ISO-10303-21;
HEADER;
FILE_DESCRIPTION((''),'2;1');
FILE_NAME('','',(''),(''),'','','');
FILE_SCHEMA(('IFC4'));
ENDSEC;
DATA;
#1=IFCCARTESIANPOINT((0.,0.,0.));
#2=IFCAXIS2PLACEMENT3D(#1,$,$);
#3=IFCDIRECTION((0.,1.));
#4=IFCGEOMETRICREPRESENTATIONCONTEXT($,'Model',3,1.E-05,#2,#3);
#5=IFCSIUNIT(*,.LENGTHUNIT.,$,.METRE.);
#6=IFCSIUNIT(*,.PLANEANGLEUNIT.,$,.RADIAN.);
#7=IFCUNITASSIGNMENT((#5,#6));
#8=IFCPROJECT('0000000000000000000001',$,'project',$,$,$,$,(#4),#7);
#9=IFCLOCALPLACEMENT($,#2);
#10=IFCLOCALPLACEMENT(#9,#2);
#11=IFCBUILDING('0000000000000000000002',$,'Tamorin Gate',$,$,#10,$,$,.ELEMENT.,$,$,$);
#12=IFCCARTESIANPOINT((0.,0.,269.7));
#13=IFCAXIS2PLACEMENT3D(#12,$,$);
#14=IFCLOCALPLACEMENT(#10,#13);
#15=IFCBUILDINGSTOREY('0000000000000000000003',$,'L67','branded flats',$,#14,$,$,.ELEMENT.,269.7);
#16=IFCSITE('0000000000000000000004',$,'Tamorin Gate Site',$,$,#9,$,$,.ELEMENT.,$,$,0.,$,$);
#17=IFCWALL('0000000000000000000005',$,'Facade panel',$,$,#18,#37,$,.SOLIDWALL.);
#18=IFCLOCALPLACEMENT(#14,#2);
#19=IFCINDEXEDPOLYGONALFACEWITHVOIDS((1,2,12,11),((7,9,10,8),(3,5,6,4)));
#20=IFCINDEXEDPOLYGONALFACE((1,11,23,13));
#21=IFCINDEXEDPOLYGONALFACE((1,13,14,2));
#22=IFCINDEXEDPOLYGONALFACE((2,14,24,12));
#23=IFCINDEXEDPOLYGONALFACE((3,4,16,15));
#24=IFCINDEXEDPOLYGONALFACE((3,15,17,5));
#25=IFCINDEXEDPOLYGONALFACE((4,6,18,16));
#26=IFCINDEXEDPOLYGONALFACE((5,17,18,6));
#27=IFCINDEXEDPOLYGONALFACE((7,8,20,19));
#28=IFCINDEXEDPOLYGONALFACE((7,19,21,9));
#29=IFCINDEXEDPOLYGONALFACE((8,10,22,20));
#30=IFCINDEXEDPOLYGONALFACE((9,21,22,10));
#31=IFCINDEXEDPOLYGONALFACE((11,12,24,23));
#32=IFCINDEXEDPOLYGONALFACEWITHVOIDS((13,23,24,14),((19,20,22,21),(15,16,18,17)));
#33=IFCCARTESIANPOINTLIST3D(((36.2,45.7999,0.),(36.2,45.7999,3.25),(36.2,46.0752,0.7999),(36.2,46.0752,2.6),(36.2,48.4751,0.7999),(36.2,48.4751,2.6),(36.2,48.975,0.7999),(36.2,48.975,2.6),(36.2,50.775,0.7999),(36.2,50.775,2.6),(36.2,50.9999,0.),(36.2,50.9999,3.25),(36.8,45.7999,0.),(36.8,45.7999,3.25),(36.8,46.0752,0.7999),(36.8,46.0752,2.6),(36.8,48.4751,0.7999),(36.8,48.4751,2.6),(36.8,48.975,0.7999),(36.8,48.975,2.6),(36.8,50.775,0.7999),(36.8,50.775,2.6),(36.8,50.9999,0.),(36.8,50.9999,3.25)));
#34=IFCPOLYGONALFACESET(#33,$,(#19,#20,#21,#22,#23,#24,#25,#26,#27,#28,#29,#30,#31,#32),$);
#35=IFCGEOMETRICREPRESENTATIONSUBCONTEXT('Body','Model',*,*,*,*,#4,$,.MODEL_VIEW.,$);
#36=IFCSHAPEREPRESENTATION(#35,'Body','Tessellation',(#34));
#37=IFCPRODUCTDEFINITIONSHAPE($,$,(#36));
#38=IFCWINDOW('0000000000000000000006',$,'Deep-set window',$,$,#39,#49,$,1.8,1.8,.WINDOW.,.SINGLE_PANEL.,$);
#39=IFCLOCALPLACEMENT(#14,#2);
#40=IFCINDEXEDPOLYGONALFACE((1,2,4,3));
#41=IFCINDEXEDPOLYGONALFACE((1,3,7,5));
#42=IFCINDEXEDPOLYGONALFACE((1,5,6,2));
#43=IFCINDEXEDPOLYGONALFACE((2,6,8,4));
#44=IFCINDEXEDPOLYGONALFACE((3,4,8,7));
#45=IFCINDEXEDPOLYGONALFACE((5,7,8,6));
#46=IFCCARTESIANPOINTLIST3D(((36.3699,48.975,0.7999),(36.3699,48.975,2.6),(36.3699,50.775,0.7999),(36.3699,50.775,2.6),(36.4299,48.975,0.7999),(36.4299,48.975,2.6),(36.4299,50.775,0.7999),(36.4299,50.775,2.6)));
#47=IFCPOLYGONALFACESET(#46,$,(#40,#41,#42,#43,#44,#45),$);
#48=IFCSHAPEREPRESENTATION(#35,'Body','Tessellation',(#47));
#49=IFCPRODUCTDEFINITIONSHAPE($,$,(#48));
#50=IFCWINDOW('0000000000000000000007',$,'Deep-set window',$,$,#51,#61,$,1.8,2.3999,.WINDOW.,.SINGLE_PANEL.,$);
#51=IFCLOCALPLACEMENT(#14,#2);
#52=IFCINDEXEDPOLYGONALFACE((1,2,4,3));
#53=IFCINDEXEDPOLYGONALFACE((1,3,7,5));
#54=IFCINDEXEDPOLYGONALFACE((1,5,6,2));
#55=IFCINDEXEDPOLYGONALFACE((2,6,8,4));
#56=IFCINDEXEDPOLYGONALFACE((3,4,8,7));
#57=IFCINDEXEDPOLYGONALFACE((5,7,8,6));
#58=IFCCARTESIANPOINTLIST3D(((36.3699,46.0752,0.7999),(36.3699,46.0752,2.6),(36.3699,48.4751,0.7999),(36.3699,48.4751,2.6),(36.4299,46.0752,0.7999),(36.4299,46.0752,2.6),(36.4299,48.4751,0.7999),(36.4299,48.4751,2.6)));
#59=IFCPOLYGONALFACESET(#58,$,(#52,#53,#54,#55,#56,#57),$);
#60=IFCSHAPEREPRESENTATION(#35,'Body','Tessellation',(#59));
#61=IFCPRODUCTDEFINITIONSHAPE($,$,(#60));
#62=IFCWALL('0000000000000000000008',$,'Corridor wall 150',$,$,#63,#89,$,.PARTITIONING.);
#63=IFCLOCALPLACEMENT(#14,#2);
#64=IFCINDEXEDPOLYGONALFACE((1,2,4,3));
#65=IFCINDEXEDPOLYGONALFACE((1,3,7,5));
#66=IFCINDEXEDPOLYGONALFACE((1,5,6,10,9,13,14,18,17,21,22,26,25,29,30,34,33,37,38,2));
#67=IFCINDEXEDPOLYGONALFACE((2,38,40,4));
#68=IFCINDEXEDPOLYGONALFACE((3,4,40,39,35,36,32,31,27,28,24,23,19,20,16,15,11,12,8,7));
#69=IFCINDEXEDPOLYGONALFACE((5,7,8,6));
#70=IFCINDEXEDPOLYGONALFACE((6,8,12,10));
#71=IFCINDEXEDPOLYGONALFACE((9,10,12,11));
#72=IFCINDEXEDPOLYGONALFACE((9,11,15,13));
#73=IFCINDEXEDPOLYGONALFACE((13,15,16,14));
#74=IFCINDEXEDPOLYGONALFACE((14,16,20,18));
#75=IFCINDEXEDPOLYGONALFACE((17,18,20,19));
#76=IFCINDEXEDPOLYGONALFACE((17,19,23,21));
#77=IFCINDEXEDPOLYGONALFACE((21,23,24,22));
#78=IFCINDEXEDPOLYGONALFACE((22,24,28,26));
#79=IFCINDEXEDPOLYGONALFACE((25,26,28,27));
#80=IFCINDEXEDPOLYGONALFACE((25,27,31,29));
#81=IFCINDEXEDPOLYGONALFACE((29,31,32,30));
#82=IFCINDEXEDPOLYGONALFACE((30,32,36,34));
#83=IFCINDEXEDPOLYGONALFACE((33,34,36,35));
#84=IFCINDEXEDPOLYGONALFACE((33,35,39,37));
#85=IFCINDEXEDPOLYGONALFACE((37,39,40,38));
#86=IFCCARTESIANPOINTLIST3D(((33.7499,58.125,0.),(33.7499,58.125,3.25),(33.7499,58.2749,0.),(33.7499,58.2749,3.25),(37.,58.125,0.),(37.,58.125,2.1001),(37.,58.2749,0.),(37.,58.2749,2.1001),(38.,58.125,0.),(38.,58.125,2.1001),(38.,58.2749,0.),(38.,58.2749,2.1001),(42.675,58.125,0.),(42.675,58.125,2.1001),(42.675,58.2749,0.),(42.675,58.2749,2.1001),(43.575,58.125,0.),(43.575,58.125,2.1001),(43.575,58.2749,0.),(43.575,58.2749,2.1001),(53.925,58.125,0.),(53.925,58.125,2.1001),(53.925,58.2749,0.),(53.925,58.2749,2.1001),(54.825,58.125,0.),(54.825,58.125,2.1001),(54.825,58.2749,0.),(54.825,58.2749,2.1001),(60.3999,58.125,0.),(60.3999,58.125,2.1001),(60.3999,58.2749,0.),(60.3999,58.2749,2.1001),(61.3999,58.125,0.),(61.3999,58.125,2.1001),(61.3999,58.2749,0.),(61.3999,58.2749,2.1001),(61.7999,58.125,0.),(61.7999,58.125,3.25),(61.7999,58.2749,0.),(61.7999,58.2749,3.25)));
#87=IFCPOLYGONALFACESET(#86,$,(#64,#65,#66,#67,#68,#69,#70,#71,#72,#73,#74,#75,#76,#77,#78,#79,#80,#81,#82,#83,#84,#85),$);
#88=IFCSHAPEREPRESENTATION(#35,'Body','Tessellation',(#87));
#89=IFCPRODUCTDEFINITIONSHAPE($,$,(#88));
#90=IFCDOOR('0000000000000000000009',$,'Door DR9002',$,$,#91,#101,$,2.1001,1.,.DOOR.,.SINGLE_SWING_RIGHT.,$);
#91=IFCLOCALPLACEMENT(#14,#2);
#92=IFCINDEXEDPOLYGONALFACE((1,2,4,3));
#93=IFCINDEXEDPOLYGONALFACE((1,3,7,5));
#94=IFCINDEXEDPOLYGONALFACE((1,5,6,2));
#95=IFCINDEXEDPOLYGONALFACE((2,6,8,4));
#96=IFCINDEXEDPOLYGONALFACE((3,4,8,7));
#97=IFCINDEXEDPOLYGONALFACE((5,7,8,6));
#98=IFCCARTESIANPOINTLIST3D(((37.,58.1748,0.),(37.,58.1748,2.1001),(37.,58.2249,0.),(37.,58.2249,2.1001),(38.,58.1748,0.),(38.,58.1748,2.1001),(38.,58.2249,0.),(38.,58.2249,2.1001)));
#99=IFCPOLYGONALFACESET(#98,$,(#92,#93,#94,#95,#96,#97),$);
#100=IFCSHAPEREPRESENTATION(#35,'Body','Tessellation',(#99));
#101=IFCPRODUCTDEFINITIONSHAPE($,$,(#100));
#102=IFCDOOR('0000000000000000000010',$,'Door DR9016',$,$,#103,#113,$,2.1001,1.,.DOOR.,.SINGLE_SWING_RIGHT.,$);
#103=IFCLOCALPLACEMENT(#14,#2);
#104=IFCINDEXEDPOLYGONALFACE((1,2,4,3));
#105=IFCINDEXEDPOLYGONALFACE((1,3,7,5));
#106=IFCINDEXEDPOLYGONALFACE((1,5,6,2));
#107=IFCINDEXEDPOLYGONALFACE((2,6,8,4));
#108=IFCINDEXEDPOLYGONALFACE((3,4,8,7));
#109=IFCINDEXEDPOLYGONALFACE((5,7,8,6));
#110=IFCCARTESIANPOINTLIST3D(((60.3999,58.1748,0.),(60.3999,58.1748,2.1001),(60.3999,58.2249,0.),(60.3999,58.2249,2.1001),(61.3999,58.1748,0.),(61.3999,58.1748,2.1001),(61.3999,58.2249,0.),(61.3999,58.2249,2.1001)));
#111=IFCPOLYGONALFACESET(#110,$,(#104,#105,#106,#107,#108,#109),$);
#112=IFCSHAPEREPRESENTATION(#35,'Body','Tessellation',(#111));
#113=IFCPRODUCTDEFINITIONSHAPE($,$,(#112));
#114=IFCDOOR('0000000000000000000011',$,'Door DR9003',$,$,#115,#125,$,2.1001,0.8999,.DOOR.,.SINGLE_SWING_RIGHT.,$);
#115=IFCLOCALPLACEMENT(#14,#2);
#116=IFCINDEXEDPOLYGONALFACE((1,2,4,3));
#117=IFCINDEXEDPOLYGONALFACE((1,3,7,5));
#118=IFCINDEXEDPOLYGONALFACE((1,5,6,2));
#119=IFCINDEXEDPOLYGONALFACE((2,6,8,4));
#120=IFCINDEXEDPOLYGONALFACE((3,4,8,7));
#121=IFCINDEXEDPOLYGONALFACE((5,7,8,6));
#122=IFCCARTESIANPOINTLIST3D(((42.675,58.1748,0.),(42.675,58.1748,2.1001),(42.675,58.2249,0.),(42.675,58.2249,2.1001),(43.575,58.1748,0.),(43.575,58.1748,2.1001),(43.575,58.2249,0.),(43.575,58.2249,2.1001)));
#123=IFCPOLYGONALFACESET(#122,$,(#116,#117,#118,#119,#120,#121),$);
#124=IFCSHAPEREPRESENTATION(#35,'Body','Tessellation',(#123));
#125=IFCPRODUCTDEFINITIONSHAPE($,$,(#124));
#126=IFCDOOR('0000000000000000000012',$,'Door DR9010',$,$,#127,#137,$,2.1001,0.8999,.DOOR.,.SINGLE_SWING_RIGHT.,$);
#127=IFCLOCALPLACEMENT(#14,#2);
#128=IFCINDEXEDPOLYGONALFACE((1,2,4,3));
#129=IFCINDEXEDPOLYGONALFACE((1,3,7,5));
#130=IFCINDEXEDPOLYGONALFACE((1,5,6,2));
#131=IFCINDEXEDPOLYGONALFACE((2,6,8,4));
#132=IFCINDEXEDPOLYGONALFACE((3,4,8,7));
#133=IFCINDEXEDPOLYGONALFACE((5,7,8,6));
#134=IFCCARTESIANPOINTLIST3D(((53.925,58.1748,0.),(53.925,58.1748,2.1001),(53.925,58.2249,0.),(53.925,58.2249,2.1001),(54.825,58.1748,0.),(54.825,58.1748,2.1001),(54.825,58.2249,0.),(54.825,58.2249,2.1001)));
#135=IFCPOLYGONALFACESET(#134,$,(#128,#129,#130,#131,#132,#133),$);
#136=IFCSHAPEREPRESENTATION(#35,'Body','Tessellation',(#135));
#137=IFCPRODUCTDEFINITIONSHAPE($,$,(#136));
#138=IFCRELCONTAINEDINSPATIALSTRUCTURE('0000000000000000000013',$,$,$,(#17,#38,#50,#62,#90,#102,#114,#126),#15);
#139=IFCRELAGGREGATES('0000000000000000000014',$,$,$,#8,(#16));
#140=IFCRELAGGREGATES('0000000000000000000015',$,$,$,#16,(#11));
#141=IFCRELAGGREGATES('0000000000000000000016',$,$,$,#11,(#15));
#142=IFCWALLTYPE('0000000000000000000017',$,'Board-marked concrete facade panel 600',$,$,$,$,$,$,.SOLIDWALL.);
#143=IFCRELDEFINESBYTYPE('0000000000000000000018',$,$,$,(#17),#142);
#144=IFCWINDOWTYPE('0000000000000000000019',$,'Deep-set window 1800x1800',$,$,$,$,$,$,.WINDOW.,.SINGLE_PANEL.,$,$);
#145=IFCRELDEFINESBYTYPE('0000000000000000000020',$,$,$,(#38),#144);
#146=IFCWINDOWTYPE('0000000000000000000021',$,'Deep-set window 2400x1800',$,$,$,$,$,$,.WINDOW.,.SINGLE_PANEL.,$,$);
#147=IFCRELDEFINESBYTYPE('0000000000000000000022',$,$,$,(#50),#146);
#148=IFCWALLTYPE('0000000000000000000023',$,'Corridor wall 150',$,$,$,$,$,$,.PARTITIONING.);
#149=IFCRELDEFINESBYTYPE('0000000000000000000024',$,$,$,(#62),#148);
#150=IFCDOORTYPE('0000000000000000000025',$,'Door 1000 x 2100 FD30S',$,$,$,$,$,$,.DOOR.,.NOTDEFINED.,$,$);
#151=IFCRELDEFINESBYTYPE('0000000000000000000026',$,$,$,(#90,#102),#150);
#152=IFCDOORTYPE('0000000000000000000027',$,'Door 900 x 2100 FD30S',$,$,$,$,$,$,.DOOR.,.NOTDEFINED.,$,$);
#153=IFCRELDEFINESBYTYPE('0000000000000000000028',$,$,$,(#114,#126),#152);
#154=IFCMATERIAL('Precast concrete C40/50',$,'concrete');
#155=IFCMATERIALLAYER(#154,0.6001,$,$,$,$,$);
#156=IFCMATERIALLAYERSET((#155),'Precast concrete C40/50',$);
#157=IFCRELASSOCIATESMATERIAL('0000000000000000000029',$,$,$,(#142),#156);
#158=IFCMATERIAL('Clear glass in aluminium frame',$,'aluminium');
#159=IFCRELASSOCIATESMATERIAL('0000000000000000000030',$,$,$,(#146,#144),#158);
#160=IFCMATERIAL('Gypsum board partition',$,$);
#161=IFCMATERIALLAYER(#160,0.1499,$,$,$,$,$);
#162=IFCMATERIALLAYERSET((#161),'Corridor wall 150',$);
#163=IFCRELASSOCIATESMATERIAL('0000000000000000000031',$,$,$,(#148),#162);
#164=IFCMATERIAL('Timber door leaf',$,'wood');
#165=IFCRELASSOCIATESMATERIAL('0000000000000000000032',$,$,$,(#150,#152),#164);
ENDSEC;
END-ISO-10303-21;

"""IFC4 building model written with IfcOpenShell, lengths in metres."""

from ifc_helpers import new_model, si_unit, direction, frame, frame_2d, origin, place, context, subcontext, project, spatial, rectangle, extrude, material, layer, layer_set, type_object, element, fill, save


model = new_model("IFC4")

# Units and contexts
model_context = context("Model", 3, precision=1e-05, world=origin(), true_north=direction((0.0, 1.0)))
body_context = subcontext(model_context, "Body", "Model", "MODEL_VIEW")
ifc_project = project(units=[si_unit("LENGTHUNIT", "METRE"), si_unit("PLANEANGLEUNIT", "RADIAN")], contexts=[model_context])

# Site, building, storey
site_placement = place(None, origin())
site = spatial("IfcSite", under=ifc_project, at=site_placement, Name="Tamorin Gate Site", CompositionType="ELEMENT", RefElevation=0.0)
building_placement = place(site_placement, origin())
building = spatial("IfcBuilding", under=site, at=building_placement, Name="Tamorin Gate", CompositionType="ELEMENT")
storey_placement = place(building_placement, frame((0.0, 0.0, 269.7)))
storey = spatial("IfcBuildingStorey", under=building, at=storey_placement, Name="L67", Description="branded flats", CompositionType="ELEMENT", Elevation=269.7)

# Shared definitions
ifc_material_1 = material(Name="Precast concrete C40/50", Category="concrete")
ifc_layer_1 = layer(ifc_material_1, 0.6001)
ifc_layer_set_1 = layer_set([ifc_layer_1], Name="Precast concrete C40/50")
wall_type_1 = type_object("IfcWallType", Name="Board-marked concrete facade panel 600", PredefinedType="SOLIDWALL", material=ifc_layer_set_1)
ifc_material_2 = material(Name="Clear glass in aluminium frame", Category="aluminium")
window_type_1 = type_object("IfcWindowType", Name="Deep-set window 2400x1800", PartitioningType="SINGLE_PANEL", PredefinedType="WINDOW", material=ifc_material_2)

# Wall, openings, windows
window_type_2 = type_object("IfcWindowType", Name="Deep-set window 1800x1800", PartitioningType="SINGLE_PANEL", PredefinedType="WINDOW", material=ifc_material_2)
wall_1_placement = place(storey_placement, frame((36.5, 51.0, 0.0), z_axis=(0.0, 0.0, 1.0), x_axis=(0.0, -1.0, 0.0)))
wall_1 = element("IfcWall", 1, at=wall_1_placement, inside=storey, type_object=wall_type_1, Name="Facade panel", PredefinedType="SOLIDWALL", context=body_context, shape_type="SweptSolid", body=[
    extrude(rectangle(XDim=5.2, YDim=0.6001, at=frame_2d((2.6001, 0.0))), origin(), (0.0, 0.0, 1.0), 3.25),
])
opening_1_placement = place(wall_1_placement, frame((2.5249, 0.0, 0.8)))
opening_1 = element("IfcOpeningElement", 2, at=opening_1_placement, cuts=wall_1, PredefinedType="OPENING", context=body_context, shape_type="SweptSolid", body=[
    extrude(rectangle(XDim=2.3999, YDim=1.8, at=frame_2d((1.2, 0.8999))), frame((0.0, 0.3101, 0.0), z_axis=(0.0, -1.0, 0.0), x_axis=(1.0, 0.0, 0.0)), (0.0, 0.0, 1.0), 0.6201),
])
opening_2_placement = place(wall_1_placement, frame((0.2251, 0.0, 0.8)))
opening_2 = element("IfcOpeningElement", 3, at=opening_2_placement, cuts=wall_1, PredefinedType="OPENING", context=body_context, shape_type="SweptSolid", body=[
    extrude(rectangle(XDim=1.8, YDim=1.8, at=frame_2d((0.8999, 0.8999))), frame((0.0, 0.3101, 0.0), z_axis=(0.0, -1.0, 0.0), x_axis=(1.0, 0.0, 0.0)), (0.0, 0.0, 1.0), 0.6201),
])
window_1_placement = place(opening_2_placement, origin())
window_1 = element("IfcWindow", 4, at=window_1_placement, inside=storey, type_object=window_type_2, Name="Deep-set window", OverallHeight=1.8, OverallWidth=1.8, PartitioningType="SINGLE_PANEL", PredefinedType="WINDOW", context=body_context, shape_type="SweptSolid", body=[
    extrude(rectangle(XDim=1.8, YDim=1.8, at=frame_2d((0.8999, 0.8999))), frame((0.0, -0.0701, 0.0), z_axis=(0.0, -1.0, 0.0), x_axis=(1.0, 0.0, 0.0)), (0.0, 0.0, 1.0), 0.0601),
])
fill(opening_2, window_1)
window_2_placement = place(opening_1_placement, origin())
window_2 = element("IfcWindow", 5, at=window_2_placement, inside=storey, type_object=window_type_1, Name="Deep-set window", OverallHeight=1.8, OverallWidth=2.3999, PartitioningType="SINGLE_PANEL", PredefinedType="WINDOW", context=body_context, shape_type="SweptSolid", body=[
    extrude(rectangle(XDim=2.3999, YDim=1.8, at=frame_2d((1.2, 0.8999))), frame((0.0, -0.0701, 0.0), z_axis=(0.0, -1.0, 0.0), x_axis=(1.0, 0.0, 0.0)), (0.0, 0.0, 1.0), 0.0601),
])
fill(opening_1, window_2)

# Wall, openings, doors
ifc_material_3 = material(Name="Gypsum board partition")
ifc_layer_2 = layer(ifc_material_3, 0.1499)
ifc_layer_set_2 = layer_set([ifc_layer_2], Name="Corridor wall 150")
wall_type_2 = type_object("IfcWallType", Name="Corridor wall 150", PredefinedType="PARTITIONING", material=ifc_layer_set_2)
wall_2_placement = place(storey_placement, frame((33.75, 58.2, 0.0), z_axis=(0.0, 0.0, 1.0), x_axis=(1.0, 0.0, 0.0)))
wall_2 = element("IfcWall", 6, at=wall_2_placement, inside=storey, type_object=wall_type_2, Name="Corridor wall 150", PredefinedType="PARTITIONING", context=body_context, shape_type="SweptSolid", body=[
    extrude(rectangle(XDim=28.05, YDim=0.1499, at=frame_2d((14.0249, 0.0))), origin(), (0.0, 0.0, 1.0), 3.25),
])
opening_3_placement = place(wall_2_placement, frame((3.25, 0.0, 0.0)))
opening_3 = element("IfcOpeningElement", 7, at=opening_3_placement, cuts=wall_2, PredefinedType="OPENING", context=body_context, shape_type="SweptSolid", body=[
    extrude(rectangle(XDim=1.0, YDim=2.1001, at=frame_2d((0.5, 1.05))), frame((0.0, 0.085, 0.0), z_axis=(0.0, -1.0, 0.0), x_axis=(1.0, 0.0, 0.0)), (0.0, 0.0, 1.0), 0.1699),
])
opening_4_placement = place(wall_2_placement, frame((8.925, 0.0, 0.0)))
opening_4 = element("IfcOpeningElement", 8, at=opening_4_placement, cuts=wall_2, PredefinedType="OPENING", context=body_context, shape_type="SweptSolid", body=[
    extrude(rectangle(XDim=0.8999, YDim=2.1001, at=frame_2d((0.45, 1.05))), frame((0.0, 0.085, 0.0), z_axis=(0.0, -1.0, 0.0), x_axis=(1.0, 0.0, 0.0)), (0.0, 0.0, 1.0), 0.1699),
])
opening_5_placement = place(wall_2_placement, frame((20.175, 0.0, 0.0)))
opening_5 = element("IfcOpeningElement", 9, at=opening_5_placement, cuts=wall_2, PredefinedType="OPENING", context=body_context, shape_type="SweptSolid", body=[
    extrude(rectangle(XDim=0.8999, YDim=2.1001, at=frame_2d((0.45, 1.05))), frame((0.0, 0.085, 0.0), z_axis=(0.0, -1.0, 0.0), x_axis=(1.0, 0.0, 0.0)), (0.0, 0.0, 1.0), 0.1699),
])
opening_6_placement = place(wall_2_placement, frame((26.6499, 0.0, 0.0)))
opening_6 = element("IfcOpeningElement", 10, at=opening_6_placement, cuts=wall_2, PredefinedType="OPENING", context=body_context, shape_type="SweptSolid", body=[
    extrude(rectangle(XDim=1.0, YDim=2.1001, at=frame_2d((0.5, 1.05))), frame((0.0, 0.085, 0.0), z_axis=(0.0, -1.0, 0.0), x_axis=(1.0, 0.0, 0.0)), (0.0, 0.0, 1.0), 0.1699),
])
ifc_material_4 = material(Name="Timber door leaf", Category="wood")
door_type_1 = type_object("IfcDoorType", Name="Door 1000 x 2100 FD30S", OperationType="NOTDEFINED", PredefinedType="DOOR", material=ifc_material_4)
door_1_placement = place(opening_3_placement, origin())
door_1 = element("IfcDoor", 11, at=door_1_placement, inside=storey, type_object=door_type_1, Name="Door DR9002", OperationType="SINGLE_SWING_RIGHT", OverallHeight=2.1001, OverallWidth=1.0, PredefinedType="DOOR", context=body_context, shape_type="SweptSolid", body=[
    extrude(rectangle(XDim=1.0, YDim=2.1001, at=frame_2d((0.5, 1.05))), frame((0.0, 0.0249, 0.0), z_axis=(0.0, -1.0, 0.0), x_axis=(1.0, 0.0, 0.0)), (0.0, 0.0, 1.0), 0.05),
])
fill(opening_3, door_1)
door_2_placement = place(opening_6_placement, origin())
door_2 = element("IfcDoor", 12, at=door_2_placement, inside=storey, type_object=door_type_1, Name="Door DR9016", OperationType="SINGLE_SWING_RIGHT", OverallHeight=2.1001, OverallWidth=1.0, PredefinedType="DOOR", context=body_context, shape_type="SweptSolid", body=[
    extrude(rectangle(XDim=1.0, YDim=2.1001, at=frame_2d((0.5, 1.05))), frame((0.0, 0.0249, 0.0), z_axis=(0.0, -1.0, 0.0), x_axis=(1.0, 0.0, 0.0)), (0.0, 0.0, 1.0), 0.05),
])
fill(opening_6, door_2)
door_type_2 = type_object("IfcDoorType", Name="Door 900 x 2100 FD30S", OperationType="NOTDEFINED", PredefinedType="DOOR", material=ifc_material_4)
door_3_placement = place(opening_4_placement, origin())
door_3 = element("IfcDoor", 13, at=door_3_placement, inside=storey, type_object=door_type_2, Name="Door DR9003", OperationType="SINGLE_SWING_RIGHT", OverallHeight=2.1001, OverallWidth=0.8999, PredefinedType="DOOR", context=body_context, shape_type="SweptSolid", body=[
    extrude(rectangle(XDim=0.8999, YDim=2.1001, at=frame_2d((0.45, 1.05))), frame((0.0, 0.0249, 0.0), z_axis=(0.0, -1.0, 0.0), x_axis=(1.0, 0.0, 0.0)), (0.0, 0.0, 1.0), 0.05),
])
fill(opening_4, door_3)
door_4_placement = place(opening_5_placement, origin())
door_4 = element("IfcDoor", 14, at=door_4_placement, inside=storey, type_object=door_type_2, Name="Door DR9010", OperationType="SINGLE_SWING_RIGHT", OverallHeight=2.1001, OverallWidth=0.8999, PredefinedType="DOOR", context=body_context, shape_type="SweptSolid", body=[
    extrude(rectangle(XDim=0.8999, YDim=2.1001, at=frame_2d((0.45, 1.05))), frame((0.0, 0.0249, 0.0), z_axis=(0.0, -1.0, 0.0), x_axis=(1.0, 0.0, 0.0)), (0.0, 0.0, 1.0), 0.05),
])
fill(opening_5, door_4)

save(model, "model.ifc")
